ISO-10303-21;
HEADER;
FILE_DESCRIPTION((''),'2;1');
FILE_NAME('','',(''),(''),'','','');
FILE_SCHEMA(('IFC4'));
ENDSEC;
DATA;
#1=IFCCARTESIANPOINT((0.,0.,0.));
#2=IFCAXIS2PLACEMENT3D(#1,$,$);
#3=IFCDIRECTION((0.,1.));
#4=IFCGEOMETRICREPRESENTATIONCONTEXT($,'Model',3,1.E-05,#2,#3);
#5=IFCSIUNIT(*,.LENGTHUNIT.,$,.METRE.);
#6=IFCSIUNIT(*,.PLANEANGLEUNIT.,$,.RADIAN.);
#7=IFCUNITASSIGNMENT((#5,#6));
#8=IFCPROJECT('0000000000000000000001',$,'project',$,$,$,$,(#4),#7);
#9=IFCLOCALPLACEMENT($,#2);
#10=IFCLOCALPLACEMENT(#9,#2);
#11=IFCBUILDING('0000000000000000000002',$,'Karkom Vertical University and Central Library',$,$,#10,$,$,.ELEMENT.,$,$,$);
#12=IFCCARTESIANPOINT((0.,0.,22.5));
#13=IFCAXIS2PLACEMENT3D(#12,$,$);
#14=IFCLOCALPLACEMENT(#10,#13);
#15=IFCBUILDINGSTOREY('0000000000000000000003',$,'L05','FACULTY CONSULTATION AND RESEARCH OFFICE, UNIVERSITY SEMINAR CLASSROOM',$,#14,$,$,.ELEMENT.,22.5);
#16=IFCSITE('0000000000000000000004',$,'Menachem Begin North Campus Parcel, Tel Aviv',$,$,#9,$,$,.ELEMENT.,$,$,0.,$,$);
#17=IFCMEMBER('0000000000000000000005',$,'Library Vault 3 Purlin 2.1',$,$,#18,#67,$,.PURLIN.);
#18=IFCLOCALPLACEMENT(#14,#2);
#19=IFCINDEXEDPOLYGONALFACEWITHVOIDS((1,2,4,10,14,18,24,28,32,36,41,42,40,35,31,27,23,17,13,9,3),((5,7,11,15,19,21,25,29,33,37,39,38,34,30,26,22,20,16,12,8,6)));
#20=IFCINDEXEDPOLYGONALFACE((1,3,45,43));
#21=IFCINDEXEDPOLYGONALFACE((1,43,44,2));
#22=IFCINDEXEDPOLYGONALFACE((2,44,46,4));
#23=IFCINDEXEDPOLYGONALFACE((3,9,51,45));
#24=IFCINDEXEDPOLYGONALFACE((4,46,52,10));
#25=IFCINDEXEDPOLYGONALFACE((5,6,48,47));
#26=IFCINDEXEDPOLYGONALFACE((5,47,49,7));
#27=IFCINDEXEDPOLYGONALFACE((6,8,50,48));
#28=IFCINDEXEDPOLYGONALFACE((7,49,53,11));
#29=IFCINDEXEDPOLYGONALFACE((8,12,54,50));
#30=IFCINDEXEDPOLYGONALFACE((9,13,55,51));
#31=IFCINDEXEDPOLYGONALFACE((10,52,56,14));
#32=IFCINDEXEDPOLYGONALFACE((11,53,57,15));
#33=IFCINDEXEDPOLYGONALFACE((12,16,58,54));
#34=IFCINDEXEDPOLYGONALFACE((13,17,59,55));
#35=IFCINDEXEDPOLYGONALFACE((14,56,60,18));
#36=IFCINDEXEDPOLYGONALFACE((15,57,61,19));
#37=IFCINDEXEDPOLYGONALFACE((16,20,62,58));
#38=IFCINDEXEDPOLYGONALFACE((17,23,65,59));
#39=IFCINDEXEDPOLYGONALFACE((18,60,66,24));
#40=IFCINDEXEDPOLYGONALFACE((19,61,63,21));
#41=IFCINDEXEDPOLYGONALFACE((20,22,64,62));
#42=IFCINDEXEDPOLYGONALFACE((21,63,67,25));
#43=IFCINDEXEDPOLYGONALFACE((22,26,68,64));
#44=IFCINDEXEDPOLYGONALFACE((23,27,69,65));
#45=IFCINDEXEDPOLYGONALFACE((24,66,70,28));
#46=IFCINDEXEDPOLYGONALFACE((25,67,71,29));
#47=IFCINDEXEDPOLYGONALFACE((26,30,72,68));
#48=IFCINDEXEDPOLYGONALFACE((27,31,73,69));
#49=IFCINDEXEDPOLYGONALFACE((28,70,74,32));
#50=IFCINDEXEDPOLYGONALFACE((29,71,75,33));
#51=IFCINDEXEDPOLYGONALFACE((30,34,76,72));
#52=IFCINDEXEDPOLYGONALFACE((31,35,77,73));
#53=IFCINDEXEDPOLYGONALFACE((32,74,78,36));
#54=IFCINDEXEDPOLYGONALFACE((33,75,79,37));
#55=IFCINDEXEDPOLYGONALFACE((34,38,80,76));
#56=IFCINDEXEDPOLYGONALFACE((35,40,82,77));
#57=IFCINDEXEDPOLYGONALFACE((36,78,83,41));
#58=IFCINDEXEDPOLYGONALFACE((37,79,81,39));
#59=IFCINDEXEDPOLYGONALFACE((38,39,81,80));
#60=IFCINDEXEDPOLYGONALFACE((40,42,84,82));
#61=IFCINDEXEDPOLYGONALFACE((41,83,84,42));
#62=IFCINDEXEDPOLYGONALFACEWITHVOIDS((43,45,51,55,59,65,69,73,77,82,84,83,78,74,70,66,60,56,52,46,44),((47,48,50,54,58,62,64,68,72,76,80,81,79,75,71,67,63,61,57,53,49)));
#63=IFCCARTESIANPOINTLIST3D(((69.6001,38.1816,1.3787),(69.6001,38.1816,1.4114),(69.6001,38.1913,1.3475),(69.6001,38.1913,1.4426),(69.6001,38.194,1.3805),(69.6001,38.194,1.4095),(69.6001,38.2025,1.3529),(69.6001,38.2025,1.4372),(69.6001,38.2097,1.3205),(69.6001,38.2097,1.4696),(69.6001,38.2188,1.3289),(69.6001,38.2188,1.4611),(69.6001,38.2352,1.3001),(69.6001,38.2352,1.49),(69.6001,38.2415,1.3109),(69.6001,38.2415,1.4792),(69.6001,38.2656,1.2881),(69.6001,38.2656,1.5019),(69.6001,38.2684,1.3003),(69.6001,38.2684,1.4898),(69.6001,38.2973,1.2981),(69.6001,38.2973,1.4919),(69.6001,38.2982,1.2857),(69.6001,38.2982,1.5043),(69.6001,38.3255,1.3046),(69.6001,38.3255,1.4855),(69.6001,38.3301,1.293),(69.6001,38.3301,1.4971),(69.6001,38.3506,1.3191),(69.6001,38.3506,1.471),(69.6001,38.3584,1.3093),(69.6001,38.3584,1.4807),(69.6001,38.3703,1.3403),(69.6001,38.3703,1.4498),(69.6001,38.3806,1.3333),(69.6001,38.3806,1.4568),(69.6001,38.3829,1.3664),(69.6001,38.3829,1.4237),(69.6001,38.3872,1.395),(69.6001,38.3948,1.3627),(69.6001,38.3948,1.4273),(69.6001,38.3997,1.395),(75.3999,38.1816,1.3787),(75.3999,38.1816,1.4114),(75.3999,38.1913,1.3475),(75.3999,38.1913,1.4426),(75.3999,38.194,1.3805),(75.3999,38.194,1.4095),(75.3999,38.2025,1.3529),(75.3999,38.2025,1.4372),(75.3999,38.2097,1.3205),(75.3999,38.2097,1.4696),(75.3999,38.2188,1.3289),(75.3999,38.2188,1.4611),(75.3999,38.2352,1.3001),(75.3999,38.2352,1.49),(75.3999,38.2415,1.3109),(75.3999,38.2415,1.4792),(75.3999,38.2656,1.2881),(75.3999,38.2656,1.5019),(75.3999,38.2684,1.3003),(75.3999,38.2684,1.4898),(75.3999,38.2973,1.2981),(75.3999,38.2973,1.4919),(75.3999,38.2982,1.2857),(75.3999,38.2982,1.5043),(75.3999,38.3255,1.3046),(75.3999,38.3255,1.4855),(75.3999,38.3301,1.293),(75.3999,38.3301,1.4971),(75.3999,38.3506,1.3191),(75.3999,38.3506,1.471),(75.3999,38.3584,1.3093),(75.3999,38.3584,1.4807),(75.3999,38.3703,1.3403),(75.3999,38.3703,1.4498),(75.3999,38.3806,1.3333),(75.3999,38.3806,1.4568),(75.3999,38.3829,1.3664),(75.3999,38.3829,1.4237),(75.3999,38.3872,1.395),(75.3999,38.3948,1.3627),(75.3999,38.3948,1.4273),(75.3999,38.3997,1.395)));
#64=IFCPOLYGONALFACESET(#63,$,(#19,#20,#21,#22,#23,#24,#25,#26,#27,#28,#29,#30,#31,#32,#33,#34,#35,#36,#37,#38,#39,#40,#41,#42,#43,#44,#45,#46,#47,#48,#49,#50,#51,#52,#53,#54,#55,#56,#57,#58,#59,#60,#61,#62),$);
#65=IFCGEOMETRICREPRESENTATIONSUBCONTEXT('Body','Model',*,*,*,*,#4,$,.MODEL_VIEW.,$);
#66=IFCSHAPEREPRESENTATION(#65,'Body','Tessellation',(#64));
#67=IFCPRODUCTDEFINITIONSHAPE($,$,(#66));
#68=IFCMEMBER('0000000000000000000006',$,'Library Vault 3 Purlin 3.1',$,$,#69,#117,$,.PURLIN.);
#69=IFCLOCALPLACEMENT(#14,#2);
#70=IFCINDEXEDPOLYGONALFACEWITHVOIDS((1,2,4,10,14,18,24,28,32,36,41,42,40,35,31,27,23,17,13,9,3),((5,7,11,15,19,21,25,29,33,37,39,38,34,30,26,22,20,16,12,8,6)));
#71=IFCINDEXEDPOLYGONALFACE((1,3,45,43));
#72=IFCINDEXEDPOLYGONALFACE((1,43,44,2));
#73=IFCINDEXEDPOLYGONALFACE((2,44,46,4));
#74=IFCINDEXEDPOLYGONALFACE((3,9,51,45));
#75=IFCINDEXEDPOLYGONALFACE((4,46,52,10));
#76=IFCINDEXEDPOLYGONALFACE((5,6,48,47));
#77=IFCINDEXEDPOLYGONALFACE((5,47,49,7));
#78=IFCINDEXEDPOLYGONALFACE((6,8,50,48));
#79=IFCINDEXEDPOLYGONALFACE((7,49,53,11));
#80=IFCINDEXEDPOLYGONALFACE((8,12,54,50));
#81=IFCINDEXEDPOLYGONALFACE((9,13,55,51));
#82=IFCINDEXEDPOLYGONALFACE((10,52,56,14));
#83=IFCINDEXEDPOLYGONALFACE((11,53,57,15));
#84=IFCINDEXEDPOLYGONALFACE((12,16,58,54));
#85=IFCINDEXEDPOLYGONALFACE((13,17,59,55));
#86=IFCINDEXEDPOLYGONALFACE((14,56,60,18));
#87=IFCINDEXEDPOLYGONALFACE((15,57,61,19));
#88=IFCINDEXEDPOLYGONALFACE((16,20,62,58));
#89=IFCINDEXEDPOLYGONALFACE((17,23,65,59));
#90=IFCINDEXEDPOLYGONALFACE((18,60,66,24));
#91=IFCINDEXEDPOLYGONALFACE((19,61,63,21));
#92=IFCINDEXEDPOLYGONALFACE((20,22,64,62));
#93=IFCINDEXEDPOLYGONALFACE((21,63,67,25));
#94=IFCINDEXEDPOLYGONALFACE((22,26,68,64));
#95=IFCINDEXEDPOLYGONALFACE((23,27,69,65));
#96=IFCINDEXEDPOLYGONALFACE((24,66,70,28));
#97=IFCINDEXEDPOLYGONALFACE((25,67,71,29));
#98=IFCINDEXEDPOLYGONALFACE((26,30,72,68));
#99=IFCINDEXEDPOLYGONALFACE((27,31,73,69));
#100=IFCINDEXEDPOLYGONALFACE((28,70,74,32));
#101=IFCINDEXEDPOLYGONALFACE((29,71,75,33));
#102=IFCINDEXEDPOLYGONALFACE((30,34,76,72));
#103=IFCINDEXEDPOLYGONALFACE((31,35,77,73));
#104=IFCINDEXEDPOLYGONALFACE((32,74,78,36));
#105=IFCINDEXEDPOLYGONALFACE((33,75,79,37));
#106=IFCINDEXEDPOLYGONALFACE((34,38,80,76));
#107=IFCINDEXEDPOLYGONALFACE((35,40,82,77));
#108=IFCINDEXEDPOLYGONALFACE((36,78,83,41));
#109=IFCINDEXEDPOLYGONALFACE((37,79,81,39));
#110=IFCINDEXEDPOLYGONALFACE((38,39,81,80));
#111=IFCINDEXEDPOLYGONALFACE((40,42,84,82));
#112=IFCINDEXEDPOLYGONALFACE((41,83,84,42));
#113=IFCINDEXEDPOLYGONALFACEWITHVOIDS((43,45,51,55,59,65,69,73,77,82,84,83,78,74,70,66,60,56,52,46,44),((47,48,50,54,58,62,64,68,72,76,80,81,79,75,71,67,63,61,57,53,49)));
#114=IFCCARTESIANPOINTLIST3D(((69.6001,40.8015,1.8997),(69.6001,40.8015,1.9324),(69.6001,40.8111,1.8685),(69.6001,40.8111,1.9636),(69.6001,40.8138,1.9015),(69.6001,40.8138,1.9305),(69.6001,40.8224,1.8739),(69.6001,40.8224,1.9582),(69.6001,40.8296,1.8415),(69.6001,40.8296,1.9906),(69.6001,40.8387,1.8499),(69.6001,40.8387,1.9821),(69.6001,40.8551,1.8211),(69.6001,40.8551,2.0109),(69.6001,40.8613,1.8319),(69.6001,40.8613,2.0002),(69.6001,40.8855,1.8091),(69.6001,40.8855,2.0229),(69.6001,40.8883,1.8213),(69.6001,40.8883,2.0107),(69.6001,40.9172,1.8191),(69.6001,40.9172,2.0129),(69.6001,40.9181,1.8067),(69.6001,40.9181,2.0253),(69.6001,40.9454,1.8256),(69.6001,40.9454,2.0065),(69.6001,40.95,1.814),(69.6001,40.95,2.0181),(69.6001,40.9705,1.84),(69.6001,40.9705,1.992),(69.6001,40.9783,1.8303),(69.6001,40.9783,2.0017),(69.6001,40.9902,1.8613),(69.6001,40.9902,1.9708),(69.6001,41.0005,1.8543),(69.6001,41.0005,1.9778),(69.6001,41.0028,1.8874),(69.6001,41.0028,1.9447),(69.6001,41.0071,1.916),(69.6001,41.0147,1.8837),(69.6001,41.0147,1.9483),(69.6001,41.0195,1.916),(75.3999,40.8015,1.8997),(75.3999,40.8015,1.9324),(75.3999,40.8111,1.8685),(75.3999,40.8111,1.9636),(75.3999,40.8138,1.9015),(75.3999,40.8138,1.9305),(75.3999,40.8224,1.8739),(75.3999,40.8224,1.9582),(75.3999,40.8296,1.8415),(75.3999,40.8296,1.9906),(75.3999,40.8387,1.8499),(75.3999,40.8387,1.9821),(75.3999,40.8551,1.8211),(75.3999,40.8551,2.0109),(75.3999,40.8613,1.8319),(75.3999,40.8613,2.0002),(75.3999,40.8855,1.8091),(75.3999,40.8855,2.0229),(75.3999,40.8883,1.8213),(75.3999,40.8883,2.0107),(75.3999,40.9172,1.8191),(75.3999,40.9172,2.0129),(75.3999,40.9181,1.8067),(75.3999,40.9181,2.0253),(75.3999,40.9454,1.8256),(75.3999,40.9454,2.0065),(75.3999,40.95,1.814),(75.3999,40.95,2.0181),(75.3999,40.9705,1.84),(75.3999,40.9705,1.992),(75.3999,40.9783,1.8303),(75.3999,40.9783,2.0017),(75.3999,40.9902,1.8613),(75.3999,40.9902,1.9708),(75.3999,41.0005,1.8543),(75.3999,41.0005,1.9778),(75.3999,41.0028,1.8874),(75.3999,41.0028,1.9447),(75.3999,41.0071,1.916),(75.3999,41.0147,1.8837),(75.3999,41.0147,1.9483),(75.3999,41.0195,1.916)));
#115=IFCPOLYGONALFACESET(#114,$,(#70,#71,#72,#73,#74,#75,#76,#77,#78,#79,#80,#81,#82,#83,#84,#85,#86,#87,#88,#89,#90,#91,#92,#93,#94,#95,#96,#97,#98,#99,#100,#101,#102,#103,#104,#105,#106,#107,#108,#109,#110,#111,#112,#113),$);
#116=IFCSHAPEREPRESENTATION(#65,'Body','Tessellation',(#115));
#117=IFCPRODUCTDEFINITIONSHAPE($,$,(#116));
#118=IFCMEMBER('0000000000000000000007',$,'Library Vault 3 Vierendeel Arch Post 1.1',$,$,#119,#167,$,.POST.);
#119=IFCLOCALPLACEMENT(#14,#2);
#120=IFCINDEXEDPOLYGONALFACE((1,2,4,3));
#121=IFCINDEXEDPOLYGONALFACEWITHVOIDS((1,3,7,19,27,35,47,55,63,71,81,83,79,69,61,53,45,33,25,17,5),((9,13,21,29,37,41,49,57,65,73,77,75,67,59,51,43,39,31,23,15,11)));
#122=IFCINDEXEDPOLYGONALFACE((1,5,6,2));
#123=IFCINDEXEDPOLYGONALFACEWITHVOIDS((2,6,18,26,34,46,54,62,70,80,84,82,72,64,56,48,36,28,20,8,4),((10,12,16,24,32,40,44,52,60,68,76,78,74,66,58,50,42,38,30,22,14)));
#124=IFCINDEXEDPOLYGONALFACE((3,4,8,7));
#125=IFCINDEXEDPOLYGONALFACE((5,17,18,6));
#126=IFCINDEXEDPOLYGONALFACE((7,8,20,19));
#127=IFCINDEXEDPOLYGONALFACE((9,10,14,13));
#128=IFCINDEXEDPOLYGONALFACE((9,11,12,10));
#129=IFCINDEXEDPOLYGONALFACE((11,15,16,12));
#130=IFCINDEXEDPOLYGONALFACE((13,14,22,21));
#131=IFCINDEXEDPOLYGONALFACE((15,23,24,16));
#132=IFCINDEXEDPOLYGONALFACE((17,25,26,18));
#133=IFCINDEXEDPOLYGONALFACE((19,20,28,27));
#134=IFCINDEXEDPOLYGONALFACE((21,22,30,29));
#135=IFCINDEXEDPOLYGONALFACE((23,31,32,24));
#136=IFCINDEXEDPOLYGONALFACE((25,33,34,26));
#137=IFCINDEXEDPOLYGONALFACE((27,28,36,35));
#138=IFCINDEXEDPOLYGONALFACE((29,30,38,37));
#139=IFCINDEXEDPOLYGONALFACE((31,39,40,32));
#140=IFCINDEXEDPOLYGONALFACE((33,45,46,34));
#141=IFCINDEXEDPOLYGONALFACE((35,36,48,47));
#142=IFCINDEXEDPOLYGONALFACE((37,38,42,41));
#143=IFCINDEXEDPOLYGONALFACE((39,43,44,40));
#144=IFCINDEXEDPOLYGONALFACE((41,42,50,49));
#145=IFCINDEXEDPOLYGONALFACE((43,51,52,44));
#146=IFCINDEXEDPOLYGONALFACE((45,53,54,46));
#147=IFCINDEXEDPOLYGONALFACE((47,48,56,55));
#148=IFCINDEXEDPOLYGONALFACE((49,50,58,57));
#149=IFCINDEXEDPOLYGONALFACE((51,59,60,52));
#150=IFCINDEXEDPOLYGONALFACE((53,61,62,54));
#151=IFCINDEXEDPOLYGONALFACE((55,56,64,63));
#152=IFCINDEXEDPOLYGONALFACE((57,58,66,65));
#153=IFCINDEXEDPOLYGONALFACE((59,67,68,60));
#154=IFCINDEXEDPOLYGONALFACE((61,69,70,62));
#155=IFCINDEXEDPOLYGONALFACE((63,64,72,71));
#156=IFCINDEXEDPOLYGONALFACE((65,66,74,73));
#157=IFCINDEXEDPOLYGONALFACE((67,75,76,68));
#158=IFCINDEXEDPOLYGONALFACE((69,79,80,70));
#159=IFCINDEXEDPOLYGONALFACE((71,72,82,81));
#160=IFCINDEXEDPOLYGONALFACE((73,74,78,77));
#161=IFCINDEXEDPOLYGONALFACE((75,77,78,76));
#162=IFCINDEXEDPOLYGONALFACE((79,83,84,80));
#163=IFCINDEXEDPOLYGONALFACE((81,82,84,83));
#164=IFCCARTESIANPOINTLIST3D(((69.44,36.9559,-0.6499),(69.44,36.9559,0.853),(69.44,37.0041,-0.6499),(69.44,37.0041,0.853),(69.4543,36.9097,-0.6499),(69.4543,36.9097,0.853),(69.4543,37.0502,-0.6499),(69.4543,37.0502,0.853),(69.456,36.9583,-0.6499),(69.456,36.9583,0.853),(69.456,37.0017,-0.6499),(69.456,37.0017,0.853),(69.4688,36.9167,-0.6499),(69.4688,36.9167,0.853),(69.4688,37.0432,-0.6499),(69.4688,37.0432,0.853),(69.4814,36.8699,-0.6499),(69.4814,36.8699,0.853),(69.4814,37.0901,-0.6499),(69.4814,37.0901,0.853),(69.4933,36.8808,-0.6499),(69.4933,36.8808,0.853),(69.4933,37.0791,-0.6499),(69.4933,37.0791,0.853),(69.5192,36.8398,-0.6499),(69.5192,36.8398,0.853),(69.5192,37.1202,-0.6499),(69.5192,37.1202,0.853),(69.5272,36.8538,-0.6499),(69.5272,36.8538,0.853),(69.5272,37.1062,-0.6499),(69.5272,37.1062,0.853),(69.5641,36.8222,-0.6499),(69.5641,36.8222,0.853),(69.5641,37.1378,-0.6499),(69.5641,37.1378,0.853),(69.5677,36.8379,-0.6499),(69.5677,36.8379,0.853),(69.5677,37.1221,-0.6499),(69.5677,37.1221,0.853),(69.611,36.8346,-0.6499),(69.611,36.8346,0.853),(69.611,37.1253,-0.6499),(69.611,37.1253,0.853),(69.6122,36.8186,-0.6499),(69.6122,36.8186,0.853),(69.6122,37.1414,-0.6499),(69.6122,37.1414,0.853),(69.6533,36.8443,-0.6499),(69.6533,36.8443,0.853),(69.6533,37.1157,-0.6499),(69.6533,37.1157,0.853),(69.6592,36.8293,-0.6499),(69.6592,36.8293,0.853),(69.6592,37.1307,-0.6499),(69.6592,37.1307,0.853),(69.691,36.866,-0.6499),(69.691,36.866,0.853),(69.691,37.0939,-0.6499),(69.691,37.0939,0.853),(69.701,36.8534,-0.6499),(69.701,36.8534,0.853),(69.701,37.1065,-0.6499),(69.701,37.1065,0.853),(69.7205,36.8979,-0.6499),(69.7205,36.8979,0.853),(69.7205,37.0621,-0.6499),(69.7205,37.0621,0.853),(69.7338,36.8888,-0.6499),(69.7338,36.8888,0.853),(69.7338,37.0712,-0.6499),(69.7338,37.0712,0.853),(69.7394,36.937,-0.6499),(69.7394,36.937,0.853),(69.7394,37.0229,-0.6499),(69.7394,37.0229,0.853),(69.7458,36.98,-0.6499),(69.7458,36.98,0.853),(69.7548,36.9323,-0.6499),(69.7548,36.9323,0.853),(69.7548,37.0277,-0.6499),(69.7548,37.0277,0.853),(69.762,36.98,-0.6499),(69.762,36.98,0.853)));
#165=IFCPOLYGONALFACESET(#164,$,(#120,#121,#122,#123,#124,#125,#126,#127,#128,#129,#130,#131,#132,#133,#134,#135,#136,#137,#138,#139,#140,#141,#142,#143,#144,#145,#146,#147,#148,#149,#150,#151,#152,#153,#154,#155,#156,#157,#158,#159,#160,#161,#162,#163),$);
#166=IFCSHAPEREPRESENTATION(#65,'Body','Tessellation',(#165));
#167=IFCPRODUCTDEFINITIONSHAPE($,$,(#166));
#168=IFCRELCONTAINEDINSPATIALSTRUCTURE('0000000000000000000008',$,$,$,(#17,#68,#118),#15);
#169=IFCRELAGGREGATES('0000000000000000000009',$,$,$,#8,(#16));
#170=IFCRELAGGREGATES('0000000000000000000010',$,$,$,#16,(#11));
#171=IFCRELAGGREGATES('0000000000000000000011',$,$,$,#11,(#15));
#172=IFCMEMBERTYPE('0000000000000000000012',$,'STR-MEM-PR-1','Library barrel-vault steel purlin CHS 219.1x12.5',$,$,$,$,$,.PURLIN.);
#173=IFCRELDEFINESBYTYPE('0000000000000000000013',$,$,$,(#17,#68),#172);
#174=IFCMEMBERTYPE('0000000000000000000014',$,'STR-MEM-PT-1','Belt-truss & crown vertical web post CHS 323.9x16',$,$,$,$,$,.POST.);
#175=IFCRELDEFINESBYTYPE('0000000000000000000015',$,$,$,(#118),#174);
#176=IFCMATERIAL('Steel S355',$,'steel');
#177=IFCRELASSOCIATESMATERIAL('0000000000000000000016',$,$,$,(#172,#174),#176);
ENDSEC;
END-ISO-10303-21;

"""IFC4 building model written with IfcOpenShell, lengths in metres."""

from ifc_helpers import new_model, si_unit, direction, frame, origin, origin_with_axes, origin_2d, place, context, subcontext, project, spatial, hollow_circle, extrude, source, transform, mapped, material, material_profile, profile_set, type_object, element, save


model = new_model("IFC4")

# Units and contexts
model_context = context("Model", 3, precision=1e-05, world=origin(), true_north=direction((0.0, 1.0)))
body_context = subcontext(model_context, "Body", "Model", "MODEL_VIEW")
ifc_project = project(units=[si_unit("LENGTHUNIT", "METRE"), si_unit("PLANEANGLEUNIT", "RADIAN")], contexts=[model_context])

# Site, building, storey
site_placement = place(None, origin())
site = spatial("IfcSite", under=ifc_project, at=site_placement, Name="Menachem Begin North Campus Parcel, Tel Aviv", CompositionType="ELEMENT", RefElevation=0.0)
building_placement = place(site_placement, origin())
building = spatial("IfcBuilding", under=site, at=building_placement, Name="Karkom Vertical University and Central Library", CompositionType="ELEMENT")
storey_placement = place(building_placement, frame((0.0, 0.0, 22.5)))
storey = spatial("IfcBuildingStorey", under=building, at=storey_placement, Name="L05", Description="FACULTY CONSULTATION AND RESEARCH OFFICE, UNIVERSITY SEMINAR CLASSROOM", CompositionType="ELEMENT", Elevation=22.5)

# Members
ifc_material_1 = material(Name="Steel S355", Category="steel")
ifc_material_profile_1 = material_profile(ifc_material_1, hollow_circle(Radius=0.1096, WallThickness=0.0125, at=origin_2d()), Name="CHS 219.1x12.5")
ifc_profile_set_1 = profile_set([ifc_material_profile_1], Name="Steel S355")
member_type_1 = type_object("IfcMemberType", Name="STR-MEM-PR-1", Description="Library barrel-vault steel purlin CHS 219.1x12.5", PredefinedType="PURLIN", material=ifc_profile_set_1)
shared_shape_1 = source(origin_with_axes(), body_context, "Body", "SweptSolid", [
    extrude(hollow_circle(Radius=0.1096, WallThickness=0.0125, at=origin_2d()), origin(), (0.0, 0.0, 1.0), 5.7998),
])
for number, where, z_axis, x_axis, name in (
    (1, (69.6001, 38.29, 1.395), (1.0, 0.0, 0.0), (0.0, 1.0, 0.0), "Library Vault 3 Purlin 2.1"),
    (2, (69.6001, 40.9099, 1.916), (1.0, 0.0, 0.0), (0.0, 1.0, 0.0), "Library Vault 3 Purlin 3.1"),
):
    element("IfcMember", number, at=place(storey_placement, frame(where, z_axis=z_axis, x_axis=x_axis)), inside=storey, type_object=member_type_1, Name=name, PredefinedType="PURLIN", context=body_context, shape_type="MappedRepresentation", body=[
        mapped(shared_shape_1, transform((0.0, 0.0, 0.0), scale=1.0)),
    ])
ifc_material_profile_2 = material_profile(ifc_material_1, hollow_circle(Radius=0.1619, WallThickness=0.0161, at=origin_2d()), Name="CHS 323.9x16")
ifc_profile_set_2 = profile_set([ifc_material_profile_2], Name="Steel S355")
member_type_2 = type_object("IfcMemberType", Name="STR-MEM-PT-1", Description="Belt-truss & crown vertical web post CHS 323.9x16", PredefinedType="POST", material=ifc_profile_set_2)
shared_shape_2 = source(origin_with_axes(), body_context, "Body", "SweptSolid", [
    extrude(hollow_circle(Radius=0.1619, WallThickness=0.0161, at=origin_2d()), origin(), (0.0, 0.0, 1.0), 1.5029),
])
for number, where, z_axis, x_axis, name in (
    (3, (69.6001, 36.98, -0.6499), (0.0, 0.0, 1.0), (1.0, 0.0, 0.0), "Library Vault 3 Vierendeel Arch Post 1.1"),
):
    element("IfcMember", number, at=place(storey_placement, frame(where, z_axis=z_axis, x_axis=x_axis)), inside=storey, type_object=member_type_2, Name=name, PredefinedType="POST", context=body_context, shape_type="MappedRepresentation", body=[
        mapped(shared_shape_2, transform((0.0, 0.0, 0.0), scale=1.0)),
    ])

save(model, "model.ifc")
